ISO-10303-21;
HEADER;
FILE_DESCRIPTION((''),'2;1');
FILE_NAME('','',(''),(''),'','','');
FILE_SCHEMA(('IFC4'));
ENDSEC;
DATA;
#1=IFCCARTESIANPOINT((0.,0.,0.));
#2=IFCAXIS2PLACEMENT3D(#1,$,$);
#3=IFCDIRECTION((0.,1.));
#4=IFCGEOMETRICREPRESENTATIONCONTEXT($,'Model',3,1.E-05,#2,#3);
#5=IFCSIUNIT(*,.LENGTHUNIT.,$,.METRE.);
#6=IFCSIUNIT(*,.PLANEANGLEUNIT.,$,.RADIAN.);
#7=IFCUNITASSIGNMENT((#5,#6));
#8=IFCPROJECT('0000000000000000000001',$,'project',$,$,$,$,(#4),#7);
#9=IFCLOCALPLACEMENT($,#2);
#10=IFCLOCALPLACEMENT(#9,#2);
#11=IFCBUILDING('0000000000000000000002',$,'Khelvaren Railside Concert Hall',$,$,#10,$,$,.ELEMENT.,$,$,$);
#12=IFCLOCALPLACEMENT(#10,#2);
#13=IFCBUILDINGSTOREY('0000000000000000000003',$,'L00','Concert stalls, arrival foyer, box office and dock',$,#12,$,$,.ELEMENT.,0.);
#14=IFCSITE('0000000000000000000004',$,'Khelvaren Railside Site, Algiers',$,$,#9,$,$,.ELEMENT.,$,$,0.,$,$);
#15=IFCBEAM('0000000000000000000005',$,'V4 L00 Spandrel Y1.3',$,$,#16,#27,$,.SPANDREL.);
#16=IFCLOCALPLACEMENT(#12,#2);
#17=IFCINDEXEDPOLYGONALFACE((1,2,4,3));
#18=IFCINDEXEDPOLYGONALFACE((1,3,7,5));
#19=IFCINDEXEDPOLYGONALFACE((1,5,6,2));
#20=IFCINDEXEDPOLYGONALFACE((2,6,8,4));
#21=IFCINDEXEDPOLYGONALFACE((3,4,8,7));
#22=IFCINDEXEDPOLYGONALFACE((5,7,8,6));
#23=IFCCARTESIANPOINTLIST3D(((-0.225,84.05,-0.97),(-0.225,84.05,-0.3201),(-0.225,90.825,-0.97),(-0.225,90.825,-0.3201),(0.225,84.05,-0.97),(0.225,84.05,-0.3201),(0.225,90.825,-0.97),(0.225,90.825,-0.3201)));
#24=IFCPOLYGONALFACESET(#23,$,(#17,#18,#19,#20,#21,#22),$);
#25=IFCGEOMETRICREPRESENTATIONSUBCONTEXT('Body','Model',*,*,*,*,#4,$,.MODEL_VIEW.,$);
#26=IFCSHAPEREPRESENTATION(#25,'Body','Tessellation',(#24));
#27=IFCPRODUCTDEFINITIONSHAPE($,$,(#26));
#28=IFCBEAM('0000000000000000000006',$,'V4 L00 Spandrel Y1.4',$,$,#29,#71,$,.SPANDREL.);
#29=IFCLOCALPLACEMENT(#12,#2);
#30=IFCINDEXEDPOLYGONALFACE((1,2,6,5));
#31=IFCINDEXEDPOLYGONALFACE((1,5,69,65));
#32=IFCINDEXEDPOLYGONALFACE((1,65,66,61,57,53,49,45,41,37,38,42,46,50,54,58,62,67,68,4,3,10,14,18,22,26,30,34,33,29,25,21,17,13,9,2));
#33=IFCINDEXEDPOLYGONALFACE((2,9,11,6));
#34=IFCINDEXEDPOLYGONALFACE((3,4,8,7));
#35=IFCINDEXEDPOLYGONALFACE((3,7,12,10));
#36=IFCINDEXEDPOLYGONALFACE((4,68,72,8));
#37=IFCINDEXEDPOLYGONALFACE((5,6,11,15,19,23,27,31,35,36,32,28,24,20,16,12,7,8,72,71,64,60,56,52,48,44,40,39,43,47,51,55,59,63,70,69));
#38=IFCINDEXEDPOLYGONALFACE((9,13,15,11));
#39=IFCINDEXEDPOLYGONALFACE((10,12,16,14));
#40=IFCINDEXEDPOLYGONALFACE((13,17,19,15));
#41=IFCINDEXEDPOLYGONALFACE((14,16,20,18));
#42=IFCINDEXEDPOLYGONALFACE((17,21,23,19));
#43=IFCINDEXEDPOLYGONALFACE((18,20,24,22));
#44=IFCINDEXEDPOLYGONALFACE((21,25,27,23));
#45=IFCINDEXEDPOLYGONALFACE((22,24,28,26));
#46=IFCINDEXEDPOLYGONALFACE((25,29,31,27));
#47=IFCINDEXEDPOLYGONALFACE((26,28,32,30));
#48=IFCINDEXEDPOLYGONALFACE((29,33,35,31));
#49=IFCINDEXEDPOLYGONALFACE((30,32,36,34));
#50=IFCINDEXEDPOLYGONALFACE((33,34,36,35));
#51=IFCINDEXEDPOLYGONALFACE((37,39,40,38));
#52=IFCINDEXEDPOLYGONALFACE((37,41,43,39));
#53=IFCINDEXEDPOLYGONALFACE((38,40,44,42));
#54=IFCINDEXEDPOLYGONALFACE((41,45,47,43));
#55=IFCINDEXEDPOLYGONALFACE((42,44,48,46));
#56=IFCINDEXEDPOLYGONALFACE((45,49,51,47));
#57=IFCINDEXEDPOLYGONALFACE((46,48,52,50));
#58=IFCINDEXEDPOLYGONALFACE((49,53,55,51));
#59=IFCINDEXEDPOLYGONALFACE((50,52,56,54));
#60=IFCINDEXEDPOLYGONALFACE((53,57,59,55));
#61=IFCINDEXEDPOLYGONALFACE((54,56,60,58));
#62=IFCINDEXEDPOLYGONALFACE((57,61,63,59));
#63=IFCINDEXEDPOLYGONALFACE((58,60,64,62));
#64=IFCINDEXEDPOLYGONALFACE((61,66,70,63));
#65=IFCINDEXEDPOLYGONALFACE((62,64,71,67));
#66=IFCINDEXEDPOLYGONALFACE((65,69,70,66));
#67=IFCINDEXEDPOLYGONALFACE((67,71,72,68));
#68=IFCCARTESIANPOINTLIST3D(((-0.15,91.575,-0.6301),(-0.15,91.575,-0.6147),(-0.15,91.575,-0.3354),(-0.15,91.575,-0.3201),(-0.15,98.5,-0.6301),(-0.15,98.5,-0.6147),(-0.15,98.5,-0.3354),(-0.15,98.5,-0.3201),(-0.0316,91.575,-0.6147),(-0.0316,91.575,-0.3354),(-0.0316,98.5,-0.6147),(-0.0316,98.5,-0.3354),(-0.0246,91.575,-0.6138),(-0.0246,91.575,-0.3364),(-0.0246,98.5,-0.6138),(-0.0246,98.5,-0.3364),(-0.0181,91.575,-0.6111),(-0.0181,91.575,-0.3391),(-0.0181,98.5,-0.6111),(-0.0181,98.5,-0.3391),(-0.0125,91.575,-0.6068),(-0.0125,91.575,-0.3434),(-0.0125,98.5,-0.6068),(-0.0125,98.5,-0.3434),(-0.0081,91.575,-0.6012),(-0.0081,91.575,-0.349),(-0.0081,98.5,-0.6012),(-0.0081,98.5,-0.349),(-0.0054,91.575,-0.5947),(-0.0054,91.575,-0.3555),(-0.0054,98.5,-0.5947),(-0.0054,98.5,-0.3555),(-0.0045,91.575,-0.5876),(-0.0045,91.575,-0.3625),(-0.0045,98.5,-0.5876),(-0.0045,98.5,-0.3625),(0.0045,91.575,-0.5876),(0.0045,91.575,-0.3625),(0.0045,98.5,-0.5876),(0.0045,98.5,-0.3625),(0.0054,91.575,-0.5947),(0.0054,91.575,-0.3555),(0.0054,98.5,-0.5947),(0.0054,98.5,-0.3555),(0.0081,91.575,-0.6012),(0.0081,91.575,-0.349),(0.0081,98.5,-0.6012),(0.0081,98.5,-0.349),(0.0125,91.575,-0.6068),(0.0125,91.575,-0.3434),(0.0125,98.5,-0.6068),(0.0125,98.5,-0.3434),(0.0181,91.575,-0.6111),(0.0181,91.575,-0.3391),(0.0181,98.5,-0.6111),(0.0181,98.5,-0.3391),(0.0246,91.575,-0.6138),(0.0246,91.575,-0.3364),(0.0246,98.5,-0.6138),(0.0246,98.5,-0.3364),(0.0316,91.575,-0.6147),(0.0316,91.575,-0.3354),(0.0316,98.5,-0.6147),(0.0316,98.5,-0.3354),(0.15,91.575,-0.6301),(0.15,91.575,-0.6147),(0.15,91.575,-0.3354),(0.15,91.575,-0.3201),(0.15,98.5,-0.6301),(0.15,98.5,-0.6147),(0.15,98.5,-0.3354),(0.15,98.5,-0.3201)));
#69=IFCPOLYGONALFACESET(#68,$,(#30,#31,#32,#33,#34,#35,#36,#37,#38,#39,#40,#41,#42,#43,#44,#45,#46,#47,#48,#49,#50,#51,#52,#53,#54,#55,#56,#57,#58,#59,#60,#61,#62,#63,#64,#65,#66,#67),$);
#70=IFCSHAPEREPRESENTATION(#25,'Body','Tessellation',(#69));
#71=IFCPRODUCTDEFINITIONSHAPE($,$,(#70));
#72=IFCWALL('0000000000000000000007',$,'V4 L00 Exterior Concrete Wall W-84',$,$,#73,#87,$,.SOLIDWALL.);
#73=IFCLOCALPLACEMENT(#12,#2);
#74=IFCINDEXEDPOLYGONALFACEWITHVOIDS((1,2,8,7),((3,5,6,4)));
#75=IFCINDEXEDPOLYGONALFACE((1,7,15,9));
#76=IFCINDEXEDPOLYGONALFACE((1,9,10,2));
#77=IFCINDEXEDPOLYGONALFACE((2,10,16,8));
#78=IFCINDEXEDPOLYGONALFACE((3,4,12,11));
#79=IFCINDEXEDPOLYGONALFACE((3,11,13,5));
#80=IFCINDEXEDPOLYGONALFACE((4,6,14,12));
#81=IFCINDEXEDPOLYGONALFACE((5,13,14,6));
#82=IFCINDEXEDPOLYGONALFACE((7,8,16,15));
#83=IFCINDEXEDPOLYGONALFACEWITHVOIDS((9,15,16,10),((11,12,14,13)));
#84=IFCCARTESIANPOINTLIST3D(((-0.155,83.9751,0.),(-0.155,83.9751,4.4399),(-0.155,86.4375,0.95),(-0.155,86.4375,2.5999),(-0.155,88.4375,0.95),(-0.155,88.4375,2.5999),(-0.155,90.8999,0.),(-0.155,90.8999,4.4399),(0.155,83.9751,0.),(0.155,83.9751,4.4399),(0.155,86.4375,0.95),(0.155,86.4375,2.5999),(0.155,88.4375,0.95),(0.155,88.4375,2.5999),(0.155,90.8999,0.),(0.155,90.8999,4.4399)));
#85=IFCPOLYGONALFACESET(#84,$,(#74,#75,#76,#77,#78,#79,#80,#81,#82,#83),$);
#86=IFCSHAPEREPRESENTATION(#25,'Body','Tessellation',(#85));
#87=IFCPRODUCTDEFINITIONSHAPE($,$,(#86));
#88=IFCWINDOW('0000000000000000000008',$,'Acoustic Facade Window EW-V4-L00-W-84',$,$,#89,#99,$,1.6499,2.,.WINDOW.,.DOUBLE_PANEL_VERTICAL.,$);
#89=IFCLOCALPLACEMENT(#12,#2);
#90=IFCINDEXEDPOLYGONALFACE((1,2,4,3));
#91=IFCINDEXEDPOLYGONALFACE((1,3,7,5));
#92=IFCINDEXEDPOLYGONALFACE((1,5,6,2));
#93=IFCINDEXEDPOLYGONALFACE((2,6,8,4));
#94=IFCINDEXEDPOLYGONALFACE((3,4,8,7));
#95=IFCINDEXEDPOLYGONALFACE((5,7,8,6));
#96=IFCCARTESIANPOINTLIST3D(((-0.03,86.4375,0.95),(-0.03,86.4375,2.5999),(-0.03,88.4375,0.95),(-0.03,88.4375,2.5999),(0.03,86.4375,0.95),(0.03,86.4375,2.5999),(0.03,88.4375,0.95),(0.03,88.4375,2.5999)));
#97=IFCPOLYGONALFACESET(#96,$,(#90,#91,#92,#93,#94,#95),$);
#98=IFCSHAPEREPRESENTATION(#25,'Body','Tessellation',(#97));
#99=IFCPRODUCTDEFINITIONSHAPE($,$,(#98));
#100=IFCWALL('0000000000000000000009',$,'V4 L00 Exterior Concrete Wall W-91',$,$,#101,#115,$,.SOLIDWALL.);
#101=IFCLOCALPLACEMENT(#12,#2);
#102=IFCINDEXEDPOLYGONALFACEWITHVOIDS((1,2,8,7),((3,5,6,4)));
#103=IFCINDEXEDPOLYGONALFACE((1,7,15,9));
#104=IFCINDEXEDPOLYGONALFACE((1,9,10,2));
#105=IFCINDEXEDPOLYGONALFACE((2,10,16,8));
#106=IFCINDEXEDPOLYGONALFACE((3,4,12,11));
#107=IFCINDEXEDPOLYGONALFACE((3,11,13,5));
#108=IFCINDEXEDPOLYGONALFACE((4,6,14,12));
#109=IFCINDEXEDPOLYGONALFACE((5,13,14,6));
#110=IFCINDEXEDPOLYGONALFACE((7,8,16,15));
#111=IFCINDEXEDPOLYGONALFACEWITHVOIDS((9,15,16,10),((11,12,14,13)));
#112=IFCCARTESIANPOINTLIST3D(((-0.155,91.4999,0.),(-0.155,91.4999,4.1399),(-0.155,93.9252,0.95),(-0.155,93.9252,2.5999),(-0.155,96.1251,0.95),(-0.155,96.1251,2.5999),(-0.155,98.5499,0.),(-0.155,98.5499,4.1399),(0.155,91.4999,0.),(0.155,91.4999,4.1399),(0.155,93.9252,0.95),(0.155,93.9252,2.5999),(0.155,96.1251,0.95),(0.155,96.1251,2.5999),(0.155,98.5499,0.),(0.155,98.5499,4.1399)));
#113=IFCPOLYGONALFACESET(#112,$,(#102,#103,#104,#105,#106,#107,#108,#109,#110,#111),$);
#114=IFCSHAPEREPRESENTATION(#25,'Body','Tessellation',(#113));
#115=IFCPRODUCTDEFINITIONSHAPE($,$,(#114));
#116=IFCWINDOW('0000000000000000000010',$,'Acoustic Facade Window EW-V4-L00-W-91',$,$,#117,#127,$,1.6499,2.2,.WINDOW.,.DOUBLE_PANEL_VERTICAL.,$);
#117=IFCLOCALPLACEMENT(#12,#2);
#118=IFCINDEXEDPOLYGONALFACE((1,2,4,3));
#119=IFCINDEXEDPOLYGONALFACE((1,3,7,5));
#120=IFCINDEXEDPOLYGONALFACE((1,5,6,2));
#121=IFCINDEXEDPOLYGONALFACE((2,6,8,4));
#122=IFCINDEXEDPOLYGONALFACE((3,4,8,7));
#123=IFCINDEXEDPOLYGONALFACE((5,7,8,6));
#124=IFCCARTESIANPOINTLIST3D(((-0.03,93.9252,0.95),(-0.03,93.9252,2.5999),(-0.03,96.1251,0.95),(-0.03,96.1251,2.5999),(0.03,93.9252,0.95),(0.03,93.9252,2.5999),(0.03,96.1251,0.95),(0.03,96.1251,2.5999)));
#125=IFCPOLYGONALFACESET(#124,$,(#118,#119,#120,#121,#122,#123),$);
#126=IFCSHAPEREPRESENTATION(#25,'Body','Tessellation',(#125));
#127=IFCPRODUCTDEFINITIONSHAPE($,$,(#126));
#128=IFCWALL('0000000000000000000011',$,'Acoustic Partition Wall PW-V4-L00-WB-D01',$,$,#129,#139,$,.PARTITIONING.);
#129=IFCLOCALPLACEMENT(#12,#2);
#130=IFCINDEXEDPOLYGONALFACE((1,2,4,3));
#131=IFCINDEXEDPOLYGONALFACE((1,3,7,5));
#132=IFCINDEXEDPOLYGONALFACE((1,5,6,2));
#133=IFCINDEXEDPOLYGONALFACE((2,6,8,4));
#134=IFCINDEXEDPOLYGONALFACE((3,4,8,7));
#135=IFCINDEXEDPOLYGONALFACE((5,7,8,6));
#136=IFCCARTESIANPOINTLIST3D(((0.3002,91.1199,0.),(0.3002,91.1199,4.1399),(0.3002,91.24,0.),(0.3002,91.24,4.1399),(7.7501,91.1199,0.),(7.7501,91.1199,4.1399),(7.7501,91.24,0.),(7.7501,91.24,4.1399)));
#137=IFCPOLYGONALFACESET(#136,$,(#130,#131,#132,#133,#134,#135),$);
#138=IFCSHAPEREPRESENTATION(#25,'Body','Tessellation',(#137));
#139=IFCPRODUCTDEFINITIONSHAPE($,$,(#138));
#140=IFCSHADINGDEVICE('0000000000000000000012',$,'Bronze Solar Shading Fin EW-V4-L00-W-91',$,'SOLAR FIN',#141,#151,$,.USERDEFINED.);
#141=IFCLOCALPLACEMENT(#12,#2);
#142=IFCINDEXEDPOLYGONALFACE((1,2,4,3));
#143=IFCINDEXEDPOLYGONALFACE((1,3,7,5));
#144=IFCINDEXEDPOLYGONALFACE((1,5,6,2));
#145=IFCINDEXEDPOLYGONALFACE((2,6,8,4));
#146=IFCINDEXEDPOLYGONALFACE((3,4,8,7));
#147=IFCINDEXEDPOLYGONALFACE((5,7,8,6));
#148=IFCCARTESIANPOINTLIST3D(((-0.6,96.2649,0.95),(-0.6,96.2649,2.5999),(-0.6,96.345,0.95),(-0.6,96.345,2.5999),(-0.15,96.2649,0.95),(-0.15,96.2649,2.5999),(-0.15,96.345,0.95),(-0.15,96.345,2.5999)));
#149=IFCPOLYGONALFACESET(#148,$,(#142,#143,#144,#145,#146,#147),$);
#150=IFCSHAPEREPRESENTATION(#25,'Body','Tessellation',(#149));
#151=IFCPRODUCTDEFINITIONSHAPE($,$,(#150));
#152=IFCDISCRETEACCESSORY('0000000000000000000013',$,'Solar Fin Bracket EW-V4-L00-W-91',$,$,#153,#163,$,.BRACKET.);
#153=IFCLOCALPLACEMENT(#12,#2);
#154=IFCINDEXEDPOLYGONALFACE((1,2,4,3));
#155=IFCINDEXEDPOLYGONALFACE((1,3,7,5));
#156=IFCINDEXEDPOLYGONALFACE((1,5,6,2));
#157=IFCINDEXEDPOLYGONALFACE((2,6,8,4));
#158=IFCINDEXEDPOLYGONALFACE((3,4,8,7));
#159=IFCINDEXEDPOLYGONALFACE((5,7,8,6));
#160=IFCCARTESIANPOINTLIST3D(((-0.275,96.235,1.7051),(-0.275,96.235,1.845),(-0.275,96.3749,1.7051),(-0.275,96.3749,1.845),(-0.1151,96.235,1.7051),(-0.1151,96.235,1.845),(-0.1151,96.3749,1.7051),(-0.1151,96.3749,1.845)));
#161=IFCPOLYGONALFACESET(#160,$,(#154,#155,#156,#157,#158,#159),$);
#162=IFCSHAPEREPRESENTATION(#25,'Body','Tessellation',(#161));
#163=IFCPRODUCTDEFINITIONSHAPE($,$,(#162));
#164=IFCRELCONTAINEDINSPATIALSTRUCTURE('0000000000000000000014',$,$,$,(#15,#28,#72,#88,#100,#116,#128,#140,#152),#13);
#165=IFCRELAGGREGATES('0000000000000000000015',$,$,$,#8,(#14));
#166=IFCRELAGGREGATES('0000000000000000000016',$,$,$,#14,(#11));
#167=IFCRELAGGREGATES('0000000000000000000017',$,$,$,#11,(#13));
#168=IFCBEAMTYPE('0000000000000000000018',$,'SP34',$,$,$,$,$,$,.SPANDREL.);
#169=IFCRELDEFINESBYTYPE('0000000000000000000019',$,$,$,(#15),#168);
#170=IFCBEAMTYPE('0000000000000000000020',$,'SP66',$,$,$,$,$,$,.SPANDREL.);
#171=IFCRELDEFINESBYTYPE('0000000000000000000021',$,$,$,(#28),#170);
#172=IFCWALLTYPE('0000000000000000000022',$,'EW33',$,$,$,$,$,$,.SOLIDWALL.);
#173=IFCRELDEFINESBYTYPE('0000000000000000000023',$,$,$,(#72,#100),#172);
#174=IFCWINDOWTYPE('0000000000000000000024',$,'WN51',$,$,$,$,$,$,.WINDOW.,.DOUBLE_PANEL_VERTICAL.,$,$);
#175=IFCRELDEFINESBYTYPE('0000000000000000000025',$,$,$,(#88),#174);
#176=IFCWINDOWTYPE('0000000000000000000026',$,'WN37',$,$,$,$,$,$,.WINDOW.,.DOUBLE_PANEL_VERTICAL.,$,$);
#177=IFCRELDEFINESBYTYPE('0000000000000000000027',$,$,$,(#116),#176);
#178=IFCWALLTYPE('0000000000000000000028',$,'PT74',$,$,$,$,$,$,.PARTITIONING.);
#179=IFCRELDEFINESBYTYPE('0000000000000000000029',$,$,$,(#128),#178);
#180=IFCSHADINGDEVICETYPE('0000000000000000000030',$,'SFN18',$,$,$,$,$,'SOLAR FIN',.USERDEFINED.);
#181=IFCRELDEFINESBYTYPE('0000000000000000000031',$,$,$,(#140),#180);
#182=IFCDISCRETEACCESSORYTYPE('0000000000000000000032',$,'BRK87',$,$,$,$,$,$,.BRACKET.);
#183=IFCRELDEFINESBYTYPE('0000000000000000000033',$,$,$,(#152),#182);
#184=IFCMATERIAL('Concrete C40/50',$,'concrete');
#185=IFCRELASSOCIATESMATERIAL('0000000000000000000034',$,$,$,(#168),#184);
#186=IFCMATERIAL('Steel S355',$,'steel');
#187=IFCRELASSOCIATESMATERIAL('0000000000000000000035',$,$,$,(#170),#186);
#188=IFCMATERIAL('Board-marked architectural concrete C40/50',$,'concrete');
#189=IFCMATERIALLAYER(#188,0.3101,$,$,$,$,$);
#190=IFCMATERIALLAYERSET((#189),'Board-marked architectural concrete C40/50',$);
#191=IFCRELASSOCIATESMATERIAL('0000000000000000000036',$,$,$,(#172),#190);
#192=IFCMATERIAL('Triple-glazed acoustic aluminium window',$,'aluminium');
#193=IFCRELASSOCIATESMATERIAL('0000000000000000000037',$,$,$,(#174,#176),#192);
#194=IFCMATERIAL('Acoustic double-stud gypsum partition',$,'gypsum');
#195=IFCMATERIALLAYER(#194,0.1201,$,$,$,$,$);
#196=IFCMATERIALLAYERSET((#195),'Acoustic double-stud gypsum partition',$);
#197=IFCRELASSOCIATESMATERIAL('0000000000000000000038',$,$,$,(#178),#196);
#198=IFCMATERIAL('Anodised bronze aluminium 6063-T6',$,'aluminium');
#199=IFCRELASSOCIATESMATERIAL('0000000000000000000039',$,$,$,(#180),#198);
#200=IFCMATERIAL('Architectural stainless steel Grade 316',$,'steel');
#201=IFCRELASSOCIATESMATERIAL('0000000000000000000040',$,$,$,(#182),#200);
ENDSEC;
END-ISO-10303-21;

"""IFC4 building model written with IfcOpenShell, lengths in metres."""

from ifc_helpers import new_model, si_unit, direction, frame, frame_2d, origin, origin_2d, place, context, subcontext, project, spatial, rectangle, i_section, extrude, material, layer, layer_set, material_profile, profile_set, type_object, element, fill, save


model = new_model("IFC4")

# Units and contexts
model_context = context("Model", 3, precision=1e-05, world=origin(), true_north=direction((0.0, 1.0)))
body_context = subcontext(model_context, "Body", "Model", "MODEL_VIEW")
ifc_project = project(units=[si_unit("LENGTHUNIT", "METRE"), si_unit("PLANEANGLEUNIT", "RADIAN")], contexts=[model_context])

# Site, building, storey
site_placement = place(None, origin())
site = spatial("IfcSite", under=ifc_project, at=site_placement, Name="Khelvaren Railside Site, Algiers", CompositionType="ELEMENT", RefElevation=0.0)
building_placement = place(site_placement, origin())
building = spatial("IfcBuilding", under=site, at=building_placement, Name="Khelvaren Railside Concert Hall", CompositionType="ELEMENT")
storey_placement = place(building_placement, origin())
storey = spatial("IfcBuildingStorey", under=building, at=storey_placement, Name="L00", Description="Concert stalls, arrival foyer, box office and dock", CompositionType="ELEMENT", Elevation=0.0)

# Beams
ifc_material_1 = material(Name="Steel S355", Category="steel")
ifc_material_2 = material(Name="Concrete C40/50", Category="concrete")
ifc_material_profile_1 = material_profile(ifc_material_2, rectangle(XDim=0.45, YDim=0.6499, at=origin_2d()), Name="RCB 450x650")
ifc_profile_set_1 = profile_set([ifc_material_profile_1], Name="Concrete C40/50")
beam_type_1 = type_object("IfcBeamType", Name="SP34", PredefinedType="SPANDREL", material=ifc_profile_set_1)
beam_1_placement = place(storey_placement, frame((0.0, 84.05, -0.645), z_axis=(0.0, 1.0, 0.0), x_axis=(-1.0, 0.0, 0.0)))
element("IfcBeam", 1, at=beam_1_placement, inside=storey, type_object=beam_type_1, Name="V4 L00 Spandrel Y1.3", PredefinedType="SPANDREL", context=body_context, shape_type="SweptSolid", body=[
    extrude(rectangle(XDim=0.45, YDim=0.6499, at=origin_2d()), origin(), (0.0, 0.0, 1.0), 6.7749),
])
ifc_material_profile_2 = material_profile(ifc_material_1, i_section(OverallWidth=0.3, OverallDepth=0.3101, WebThickness=0.009, FlangeThickness=0.0154, FilletRadius=0.0271, at=origin_2d()), Name="HEA 320")
ifc_profile_set_2 = profile_set([ifc_material_profile_2], Name="Steel S355")
beam_type_2 = type_object("IfcBeamType", Name="SP66", PredefinedType="SPANDREL", material=ifc_profile_set_2)
beam_2_placement = place(storey_placement, frame((0.0, 91.575, -0.4751), z_axis=(0.0, 1.0, 0.0), x_axis=(-1.0, 0.0, 0.0)))
element("IfcBeam", 2, at=beam_2_placement, inside=storey, type_object=beam_type_2, Name="V4 L00 Spandrel Y1.4", PredefinedType="SPANDREL", context=body_context, shape_type="SweptSolid", body=[
    extrude(i_section(OverallWidth=0.3, OverallDepth=0.3101, WebThickness=0.009, FlangeThickness=0.0154, FilletRadius=0.0271, at=origin_2d()), origin(), (0.0, 0.0, 1.0), 6.925),
])

# Walls, openings, windows
ifc_material_3 = material(Name="Board-marked architectural concrete C40/50", Category="concrete")
ifc_layer_1 = layer(ifc_material_3, 0.3101)
ifc_layer_set_1 = layer_set([ifc_layer_1], Name="Board-marked architectural concrete C40/50")
wall_type_1 = type_object("IfcWallType", Name="EW33", PredefinedType="SOLIDWALL", material=ifc_layer_set_1)
wall_1_placement = place(storey_placement, frame((0.0, 83.9751, 0.0), z_axis=(0.0, 0.0, 1.0), x_axis=(0.0, 1.0, 0.0)))
wall_1 = element("IfcWall", 3, at=wall_1_placement, inside=storey, type_object=wall_type_1, Name="V4 L00 Exterior Concrete Wall W-84", PredefinedType="SOLIDWALL", context=body_context, shape_type="SweptSolid", body=[
    extrude(rectangle(XDim=6.9248, YDim=0.3101, at=frame_2d((3.4624, 0.0))), origin(), (0.0, 0.0, 1.0), 4.4399),
])
opening_1_placement = place(wall_1_placement, frame((2.4624, 0.0, 0.95)))
opening_1 = element("IfcOpeningElement", 4, at=opening_1_placement, cuts=wall_1, PredefinedType="OPENING", context=body_context, shape_type="SweptSolid", body=[
    extrude(rectangle(XDim=2.0, YDim=1.6499, at=frame_2d((1.0, 0.825))), frame((0.0, 0.165, 0.0), z_axis=(0.0, -1.0, 0.0), x_axis=(1.0, 0.0, 0.0)), (0.0, 0.0, 1.0), 0.3301),
])
ifc_material_4 = material(Name="Triple-glazed acoustic aluminium window", Category="aluminium")
window_type_1 = type_object("IfcWindowType", Name="WN51", PartitioningType="DOUBLE_PANEL_VERTICAL", PredefinedType="WINDOW", material=ifc_material_4)
window_1_placement = place(opening_1_placement, origin())
window_1 = element("IfcWindow", 5, at=window_1_placement, inside=storey, type_object=window_type_1, Name="Acoustic Facade Window EW-V4-L00-W-84", OverallHeight=1.6499, OverallWidth=2.0, PartitioningType="DOUBLE_PANEL_VERTICAL", PredefinedType="WINDOW", context=body_context, shape_type="SweptSolid", body=[
    extrude(rectangle(XDim=2.0, YDim=1.6499, at=frame_2d((1.0, 0.825))), frame((0.0, 0.03, 0.0), z_axis=(0.0, -1.0, 0.0), x_axis=(1.0, 0.0, 0.0)), (0.0, 0.0, 1.0), 0.0601),
])
fill(opening_1, window_1)
wall_2_placement = place(storey_placement, frame((0.0, 91.5, 0.0), z_axis=(0.0, 0.0, 1.0), x_axis=(0.0, 1.0, 0.0)))
wall_2 = element("IfcWall", 6, at=wall_2_placement, inside=storey, type_object=wall_type_1, Name="V4 L00 Exterior Concrete Wall W-91", PredefinedType="SOLIDWALL", context=body_context, shape_type="SweptSolid", body=[
    extrude(rectangle(XDim=7.05, YDim=0.3101, at=frame_2d((3.5249, 0.0))), origin(), (0.0, 0.0, 1.0), 4.1399),
])
opening_2_placement = place(wall_2_placement, frame((2.425, 0.0, 0.95)))
opening_2 = element("IfcOpeningElement", 7, at=opening_2_placement, cuts=wall_2, PredefinedType="OPENING", context=body_context, shape_type="SweptSolid", body=[
    extrude(rectangle(XDim=2.2, YDim=1.6499, at=frame_2d((1.1001, 0.825))), frame((0.0, 0.165, 0.0), z_axis=(0.0, -1.0, 0.0), x_axis=(1.0, 0.0, 0.0)), (0.0, 0.0, 1.0), 0.3301),
])
window_type_2 = type_object("IfcWindowType", Name="WN37", PartitioningType="DOUBLE_PANEL_VERTICAL", PredefinedType="WINDOW", material=ifc_material_4)
window_2_placement = place(opening_2_placement, origin())
window_2 = element("IfcWindow", 8, at=window_2_placement, inside=storey, type_object=window_type_2, Name="Acoustic Facade Window EW-V4-L00-W-91", OverallHeight=1.6499, OverallWidth=2.2, PartitioningType="DOUBLE_PANEL_VERTICAL", PredefinedType="WINDOW", context=body_context, shape_type="SweptSolid", body=[
    extrude(rectangle(XDim=2.2, YDim=1.6499, at=frame_2d((1.1001, 0.825))), frame((0.0, 0.03, 0.0), z_axis=(0.0, -1.0, 0.0), x_axis=(1.0, 0.0, 0.0)), (0.0, 0.0, 1.0), 0.0601),
])
fill(opening_2, window_2)

# Wall
ifc_material_5 = material(Name="Acoustic double-stud gypsum partition", Category="gypsum")
ifc_layer_2 = layer(ifc_material_5, 0.1201)
ifc_layer_set_2 = layer_set([ifc_layer_2], Name="Acoustic double-stud gypsum partition")
wall_type_2 = type_object("IfcWallType", Name="PT74", PredefinedType="PARTITIONING", material=ifc_layer_set_2)
wall_3_placement = place(storey_placement, frame((0.3, 91.1799, 0.0), z_axis=(0.0, 0.0, 1.0), x_axis=(1.0, 0.0, 0.0)))
element("IfcWall", 9, at=wall_3_placement, inside=storey, type_object=wall_type_2, Name="Acoustic Partition Wall PW-V4-L00-WB-D01", PredefinedType="PARTITIONING", context=body_context, shape_type="SweptSolid", body=[
    extrude(rectangle(XDim=7.45, YDim=0.1201, at=frame_2d((3.7251, 0.0))), origin(), (0.0, 0.0, 1.0), 4.1399),
])

# Shading device
ifc_material_6 = material(Name="Anodised bronze aluminium 6063-T6", Category="aluminium")
shading_device_type = type_object("IfcShadingDeviceType", Name="SFN18", ElementType="SOLAR FIN", PredefinedType="USERDEFINED", material=ifc_material_6)
shading_device_placement = place(storey_placement, frame((-0.375, 96.3049, 0.95), z_axis=(0.0, 0.0, 1.0), x_axis=(0.0, 1.0, 0.0)))
element("IfcShadingDevice", 10, at=shading_device_placement, inside=storey, type_object=shading_device_type, Name="Bronze Solar Shading Fin EW-V4-L00-W-91", ObjectType="SOLAR FIN", PredefinedType="USERDEFINED", context=body_context, shape_type="SweptSolid", body=[
    extrude(rectangle(XDim=0.0801, YDim=0.45, at=origin_2d()), origin(), (0.0, 0.0, 1.0), 1.6499),
])

# Discrete accessory
ifc_material_7 = material(Name="Architectural stainless steel Grade 316", Category="steel")
discrete_accessory_type = type_object("IfcDiscreteAccessoryType", Name="BRK87", PredefinedType="BRACKET", material=ifc_material_7)
discrete_accessory_placement = place(storey_placement, frame((-0.1951, 96.3049, 1.7051), z_axis=(0.0, 0.0, 1.0), x_axis=(0.0, 1.0, 0.0)))
element("IfcDiscreteAccessory", 11, at=discrete_accessory_placement, inside=storey, type_object=discrete_accessory_type, Name="Solar Fin Bracket EW-V4-L00-W-91", PredefinedType="BRACKET", context=body_context, shape_type="SweptSolid", body=[
    extrude(rectangle(XDim=0.1399, YDim=0.1599, at=origin_2d()), origin(), (0.0, 0.0, 1.0), 0.1399),
])

save(model, "model.ifc")
